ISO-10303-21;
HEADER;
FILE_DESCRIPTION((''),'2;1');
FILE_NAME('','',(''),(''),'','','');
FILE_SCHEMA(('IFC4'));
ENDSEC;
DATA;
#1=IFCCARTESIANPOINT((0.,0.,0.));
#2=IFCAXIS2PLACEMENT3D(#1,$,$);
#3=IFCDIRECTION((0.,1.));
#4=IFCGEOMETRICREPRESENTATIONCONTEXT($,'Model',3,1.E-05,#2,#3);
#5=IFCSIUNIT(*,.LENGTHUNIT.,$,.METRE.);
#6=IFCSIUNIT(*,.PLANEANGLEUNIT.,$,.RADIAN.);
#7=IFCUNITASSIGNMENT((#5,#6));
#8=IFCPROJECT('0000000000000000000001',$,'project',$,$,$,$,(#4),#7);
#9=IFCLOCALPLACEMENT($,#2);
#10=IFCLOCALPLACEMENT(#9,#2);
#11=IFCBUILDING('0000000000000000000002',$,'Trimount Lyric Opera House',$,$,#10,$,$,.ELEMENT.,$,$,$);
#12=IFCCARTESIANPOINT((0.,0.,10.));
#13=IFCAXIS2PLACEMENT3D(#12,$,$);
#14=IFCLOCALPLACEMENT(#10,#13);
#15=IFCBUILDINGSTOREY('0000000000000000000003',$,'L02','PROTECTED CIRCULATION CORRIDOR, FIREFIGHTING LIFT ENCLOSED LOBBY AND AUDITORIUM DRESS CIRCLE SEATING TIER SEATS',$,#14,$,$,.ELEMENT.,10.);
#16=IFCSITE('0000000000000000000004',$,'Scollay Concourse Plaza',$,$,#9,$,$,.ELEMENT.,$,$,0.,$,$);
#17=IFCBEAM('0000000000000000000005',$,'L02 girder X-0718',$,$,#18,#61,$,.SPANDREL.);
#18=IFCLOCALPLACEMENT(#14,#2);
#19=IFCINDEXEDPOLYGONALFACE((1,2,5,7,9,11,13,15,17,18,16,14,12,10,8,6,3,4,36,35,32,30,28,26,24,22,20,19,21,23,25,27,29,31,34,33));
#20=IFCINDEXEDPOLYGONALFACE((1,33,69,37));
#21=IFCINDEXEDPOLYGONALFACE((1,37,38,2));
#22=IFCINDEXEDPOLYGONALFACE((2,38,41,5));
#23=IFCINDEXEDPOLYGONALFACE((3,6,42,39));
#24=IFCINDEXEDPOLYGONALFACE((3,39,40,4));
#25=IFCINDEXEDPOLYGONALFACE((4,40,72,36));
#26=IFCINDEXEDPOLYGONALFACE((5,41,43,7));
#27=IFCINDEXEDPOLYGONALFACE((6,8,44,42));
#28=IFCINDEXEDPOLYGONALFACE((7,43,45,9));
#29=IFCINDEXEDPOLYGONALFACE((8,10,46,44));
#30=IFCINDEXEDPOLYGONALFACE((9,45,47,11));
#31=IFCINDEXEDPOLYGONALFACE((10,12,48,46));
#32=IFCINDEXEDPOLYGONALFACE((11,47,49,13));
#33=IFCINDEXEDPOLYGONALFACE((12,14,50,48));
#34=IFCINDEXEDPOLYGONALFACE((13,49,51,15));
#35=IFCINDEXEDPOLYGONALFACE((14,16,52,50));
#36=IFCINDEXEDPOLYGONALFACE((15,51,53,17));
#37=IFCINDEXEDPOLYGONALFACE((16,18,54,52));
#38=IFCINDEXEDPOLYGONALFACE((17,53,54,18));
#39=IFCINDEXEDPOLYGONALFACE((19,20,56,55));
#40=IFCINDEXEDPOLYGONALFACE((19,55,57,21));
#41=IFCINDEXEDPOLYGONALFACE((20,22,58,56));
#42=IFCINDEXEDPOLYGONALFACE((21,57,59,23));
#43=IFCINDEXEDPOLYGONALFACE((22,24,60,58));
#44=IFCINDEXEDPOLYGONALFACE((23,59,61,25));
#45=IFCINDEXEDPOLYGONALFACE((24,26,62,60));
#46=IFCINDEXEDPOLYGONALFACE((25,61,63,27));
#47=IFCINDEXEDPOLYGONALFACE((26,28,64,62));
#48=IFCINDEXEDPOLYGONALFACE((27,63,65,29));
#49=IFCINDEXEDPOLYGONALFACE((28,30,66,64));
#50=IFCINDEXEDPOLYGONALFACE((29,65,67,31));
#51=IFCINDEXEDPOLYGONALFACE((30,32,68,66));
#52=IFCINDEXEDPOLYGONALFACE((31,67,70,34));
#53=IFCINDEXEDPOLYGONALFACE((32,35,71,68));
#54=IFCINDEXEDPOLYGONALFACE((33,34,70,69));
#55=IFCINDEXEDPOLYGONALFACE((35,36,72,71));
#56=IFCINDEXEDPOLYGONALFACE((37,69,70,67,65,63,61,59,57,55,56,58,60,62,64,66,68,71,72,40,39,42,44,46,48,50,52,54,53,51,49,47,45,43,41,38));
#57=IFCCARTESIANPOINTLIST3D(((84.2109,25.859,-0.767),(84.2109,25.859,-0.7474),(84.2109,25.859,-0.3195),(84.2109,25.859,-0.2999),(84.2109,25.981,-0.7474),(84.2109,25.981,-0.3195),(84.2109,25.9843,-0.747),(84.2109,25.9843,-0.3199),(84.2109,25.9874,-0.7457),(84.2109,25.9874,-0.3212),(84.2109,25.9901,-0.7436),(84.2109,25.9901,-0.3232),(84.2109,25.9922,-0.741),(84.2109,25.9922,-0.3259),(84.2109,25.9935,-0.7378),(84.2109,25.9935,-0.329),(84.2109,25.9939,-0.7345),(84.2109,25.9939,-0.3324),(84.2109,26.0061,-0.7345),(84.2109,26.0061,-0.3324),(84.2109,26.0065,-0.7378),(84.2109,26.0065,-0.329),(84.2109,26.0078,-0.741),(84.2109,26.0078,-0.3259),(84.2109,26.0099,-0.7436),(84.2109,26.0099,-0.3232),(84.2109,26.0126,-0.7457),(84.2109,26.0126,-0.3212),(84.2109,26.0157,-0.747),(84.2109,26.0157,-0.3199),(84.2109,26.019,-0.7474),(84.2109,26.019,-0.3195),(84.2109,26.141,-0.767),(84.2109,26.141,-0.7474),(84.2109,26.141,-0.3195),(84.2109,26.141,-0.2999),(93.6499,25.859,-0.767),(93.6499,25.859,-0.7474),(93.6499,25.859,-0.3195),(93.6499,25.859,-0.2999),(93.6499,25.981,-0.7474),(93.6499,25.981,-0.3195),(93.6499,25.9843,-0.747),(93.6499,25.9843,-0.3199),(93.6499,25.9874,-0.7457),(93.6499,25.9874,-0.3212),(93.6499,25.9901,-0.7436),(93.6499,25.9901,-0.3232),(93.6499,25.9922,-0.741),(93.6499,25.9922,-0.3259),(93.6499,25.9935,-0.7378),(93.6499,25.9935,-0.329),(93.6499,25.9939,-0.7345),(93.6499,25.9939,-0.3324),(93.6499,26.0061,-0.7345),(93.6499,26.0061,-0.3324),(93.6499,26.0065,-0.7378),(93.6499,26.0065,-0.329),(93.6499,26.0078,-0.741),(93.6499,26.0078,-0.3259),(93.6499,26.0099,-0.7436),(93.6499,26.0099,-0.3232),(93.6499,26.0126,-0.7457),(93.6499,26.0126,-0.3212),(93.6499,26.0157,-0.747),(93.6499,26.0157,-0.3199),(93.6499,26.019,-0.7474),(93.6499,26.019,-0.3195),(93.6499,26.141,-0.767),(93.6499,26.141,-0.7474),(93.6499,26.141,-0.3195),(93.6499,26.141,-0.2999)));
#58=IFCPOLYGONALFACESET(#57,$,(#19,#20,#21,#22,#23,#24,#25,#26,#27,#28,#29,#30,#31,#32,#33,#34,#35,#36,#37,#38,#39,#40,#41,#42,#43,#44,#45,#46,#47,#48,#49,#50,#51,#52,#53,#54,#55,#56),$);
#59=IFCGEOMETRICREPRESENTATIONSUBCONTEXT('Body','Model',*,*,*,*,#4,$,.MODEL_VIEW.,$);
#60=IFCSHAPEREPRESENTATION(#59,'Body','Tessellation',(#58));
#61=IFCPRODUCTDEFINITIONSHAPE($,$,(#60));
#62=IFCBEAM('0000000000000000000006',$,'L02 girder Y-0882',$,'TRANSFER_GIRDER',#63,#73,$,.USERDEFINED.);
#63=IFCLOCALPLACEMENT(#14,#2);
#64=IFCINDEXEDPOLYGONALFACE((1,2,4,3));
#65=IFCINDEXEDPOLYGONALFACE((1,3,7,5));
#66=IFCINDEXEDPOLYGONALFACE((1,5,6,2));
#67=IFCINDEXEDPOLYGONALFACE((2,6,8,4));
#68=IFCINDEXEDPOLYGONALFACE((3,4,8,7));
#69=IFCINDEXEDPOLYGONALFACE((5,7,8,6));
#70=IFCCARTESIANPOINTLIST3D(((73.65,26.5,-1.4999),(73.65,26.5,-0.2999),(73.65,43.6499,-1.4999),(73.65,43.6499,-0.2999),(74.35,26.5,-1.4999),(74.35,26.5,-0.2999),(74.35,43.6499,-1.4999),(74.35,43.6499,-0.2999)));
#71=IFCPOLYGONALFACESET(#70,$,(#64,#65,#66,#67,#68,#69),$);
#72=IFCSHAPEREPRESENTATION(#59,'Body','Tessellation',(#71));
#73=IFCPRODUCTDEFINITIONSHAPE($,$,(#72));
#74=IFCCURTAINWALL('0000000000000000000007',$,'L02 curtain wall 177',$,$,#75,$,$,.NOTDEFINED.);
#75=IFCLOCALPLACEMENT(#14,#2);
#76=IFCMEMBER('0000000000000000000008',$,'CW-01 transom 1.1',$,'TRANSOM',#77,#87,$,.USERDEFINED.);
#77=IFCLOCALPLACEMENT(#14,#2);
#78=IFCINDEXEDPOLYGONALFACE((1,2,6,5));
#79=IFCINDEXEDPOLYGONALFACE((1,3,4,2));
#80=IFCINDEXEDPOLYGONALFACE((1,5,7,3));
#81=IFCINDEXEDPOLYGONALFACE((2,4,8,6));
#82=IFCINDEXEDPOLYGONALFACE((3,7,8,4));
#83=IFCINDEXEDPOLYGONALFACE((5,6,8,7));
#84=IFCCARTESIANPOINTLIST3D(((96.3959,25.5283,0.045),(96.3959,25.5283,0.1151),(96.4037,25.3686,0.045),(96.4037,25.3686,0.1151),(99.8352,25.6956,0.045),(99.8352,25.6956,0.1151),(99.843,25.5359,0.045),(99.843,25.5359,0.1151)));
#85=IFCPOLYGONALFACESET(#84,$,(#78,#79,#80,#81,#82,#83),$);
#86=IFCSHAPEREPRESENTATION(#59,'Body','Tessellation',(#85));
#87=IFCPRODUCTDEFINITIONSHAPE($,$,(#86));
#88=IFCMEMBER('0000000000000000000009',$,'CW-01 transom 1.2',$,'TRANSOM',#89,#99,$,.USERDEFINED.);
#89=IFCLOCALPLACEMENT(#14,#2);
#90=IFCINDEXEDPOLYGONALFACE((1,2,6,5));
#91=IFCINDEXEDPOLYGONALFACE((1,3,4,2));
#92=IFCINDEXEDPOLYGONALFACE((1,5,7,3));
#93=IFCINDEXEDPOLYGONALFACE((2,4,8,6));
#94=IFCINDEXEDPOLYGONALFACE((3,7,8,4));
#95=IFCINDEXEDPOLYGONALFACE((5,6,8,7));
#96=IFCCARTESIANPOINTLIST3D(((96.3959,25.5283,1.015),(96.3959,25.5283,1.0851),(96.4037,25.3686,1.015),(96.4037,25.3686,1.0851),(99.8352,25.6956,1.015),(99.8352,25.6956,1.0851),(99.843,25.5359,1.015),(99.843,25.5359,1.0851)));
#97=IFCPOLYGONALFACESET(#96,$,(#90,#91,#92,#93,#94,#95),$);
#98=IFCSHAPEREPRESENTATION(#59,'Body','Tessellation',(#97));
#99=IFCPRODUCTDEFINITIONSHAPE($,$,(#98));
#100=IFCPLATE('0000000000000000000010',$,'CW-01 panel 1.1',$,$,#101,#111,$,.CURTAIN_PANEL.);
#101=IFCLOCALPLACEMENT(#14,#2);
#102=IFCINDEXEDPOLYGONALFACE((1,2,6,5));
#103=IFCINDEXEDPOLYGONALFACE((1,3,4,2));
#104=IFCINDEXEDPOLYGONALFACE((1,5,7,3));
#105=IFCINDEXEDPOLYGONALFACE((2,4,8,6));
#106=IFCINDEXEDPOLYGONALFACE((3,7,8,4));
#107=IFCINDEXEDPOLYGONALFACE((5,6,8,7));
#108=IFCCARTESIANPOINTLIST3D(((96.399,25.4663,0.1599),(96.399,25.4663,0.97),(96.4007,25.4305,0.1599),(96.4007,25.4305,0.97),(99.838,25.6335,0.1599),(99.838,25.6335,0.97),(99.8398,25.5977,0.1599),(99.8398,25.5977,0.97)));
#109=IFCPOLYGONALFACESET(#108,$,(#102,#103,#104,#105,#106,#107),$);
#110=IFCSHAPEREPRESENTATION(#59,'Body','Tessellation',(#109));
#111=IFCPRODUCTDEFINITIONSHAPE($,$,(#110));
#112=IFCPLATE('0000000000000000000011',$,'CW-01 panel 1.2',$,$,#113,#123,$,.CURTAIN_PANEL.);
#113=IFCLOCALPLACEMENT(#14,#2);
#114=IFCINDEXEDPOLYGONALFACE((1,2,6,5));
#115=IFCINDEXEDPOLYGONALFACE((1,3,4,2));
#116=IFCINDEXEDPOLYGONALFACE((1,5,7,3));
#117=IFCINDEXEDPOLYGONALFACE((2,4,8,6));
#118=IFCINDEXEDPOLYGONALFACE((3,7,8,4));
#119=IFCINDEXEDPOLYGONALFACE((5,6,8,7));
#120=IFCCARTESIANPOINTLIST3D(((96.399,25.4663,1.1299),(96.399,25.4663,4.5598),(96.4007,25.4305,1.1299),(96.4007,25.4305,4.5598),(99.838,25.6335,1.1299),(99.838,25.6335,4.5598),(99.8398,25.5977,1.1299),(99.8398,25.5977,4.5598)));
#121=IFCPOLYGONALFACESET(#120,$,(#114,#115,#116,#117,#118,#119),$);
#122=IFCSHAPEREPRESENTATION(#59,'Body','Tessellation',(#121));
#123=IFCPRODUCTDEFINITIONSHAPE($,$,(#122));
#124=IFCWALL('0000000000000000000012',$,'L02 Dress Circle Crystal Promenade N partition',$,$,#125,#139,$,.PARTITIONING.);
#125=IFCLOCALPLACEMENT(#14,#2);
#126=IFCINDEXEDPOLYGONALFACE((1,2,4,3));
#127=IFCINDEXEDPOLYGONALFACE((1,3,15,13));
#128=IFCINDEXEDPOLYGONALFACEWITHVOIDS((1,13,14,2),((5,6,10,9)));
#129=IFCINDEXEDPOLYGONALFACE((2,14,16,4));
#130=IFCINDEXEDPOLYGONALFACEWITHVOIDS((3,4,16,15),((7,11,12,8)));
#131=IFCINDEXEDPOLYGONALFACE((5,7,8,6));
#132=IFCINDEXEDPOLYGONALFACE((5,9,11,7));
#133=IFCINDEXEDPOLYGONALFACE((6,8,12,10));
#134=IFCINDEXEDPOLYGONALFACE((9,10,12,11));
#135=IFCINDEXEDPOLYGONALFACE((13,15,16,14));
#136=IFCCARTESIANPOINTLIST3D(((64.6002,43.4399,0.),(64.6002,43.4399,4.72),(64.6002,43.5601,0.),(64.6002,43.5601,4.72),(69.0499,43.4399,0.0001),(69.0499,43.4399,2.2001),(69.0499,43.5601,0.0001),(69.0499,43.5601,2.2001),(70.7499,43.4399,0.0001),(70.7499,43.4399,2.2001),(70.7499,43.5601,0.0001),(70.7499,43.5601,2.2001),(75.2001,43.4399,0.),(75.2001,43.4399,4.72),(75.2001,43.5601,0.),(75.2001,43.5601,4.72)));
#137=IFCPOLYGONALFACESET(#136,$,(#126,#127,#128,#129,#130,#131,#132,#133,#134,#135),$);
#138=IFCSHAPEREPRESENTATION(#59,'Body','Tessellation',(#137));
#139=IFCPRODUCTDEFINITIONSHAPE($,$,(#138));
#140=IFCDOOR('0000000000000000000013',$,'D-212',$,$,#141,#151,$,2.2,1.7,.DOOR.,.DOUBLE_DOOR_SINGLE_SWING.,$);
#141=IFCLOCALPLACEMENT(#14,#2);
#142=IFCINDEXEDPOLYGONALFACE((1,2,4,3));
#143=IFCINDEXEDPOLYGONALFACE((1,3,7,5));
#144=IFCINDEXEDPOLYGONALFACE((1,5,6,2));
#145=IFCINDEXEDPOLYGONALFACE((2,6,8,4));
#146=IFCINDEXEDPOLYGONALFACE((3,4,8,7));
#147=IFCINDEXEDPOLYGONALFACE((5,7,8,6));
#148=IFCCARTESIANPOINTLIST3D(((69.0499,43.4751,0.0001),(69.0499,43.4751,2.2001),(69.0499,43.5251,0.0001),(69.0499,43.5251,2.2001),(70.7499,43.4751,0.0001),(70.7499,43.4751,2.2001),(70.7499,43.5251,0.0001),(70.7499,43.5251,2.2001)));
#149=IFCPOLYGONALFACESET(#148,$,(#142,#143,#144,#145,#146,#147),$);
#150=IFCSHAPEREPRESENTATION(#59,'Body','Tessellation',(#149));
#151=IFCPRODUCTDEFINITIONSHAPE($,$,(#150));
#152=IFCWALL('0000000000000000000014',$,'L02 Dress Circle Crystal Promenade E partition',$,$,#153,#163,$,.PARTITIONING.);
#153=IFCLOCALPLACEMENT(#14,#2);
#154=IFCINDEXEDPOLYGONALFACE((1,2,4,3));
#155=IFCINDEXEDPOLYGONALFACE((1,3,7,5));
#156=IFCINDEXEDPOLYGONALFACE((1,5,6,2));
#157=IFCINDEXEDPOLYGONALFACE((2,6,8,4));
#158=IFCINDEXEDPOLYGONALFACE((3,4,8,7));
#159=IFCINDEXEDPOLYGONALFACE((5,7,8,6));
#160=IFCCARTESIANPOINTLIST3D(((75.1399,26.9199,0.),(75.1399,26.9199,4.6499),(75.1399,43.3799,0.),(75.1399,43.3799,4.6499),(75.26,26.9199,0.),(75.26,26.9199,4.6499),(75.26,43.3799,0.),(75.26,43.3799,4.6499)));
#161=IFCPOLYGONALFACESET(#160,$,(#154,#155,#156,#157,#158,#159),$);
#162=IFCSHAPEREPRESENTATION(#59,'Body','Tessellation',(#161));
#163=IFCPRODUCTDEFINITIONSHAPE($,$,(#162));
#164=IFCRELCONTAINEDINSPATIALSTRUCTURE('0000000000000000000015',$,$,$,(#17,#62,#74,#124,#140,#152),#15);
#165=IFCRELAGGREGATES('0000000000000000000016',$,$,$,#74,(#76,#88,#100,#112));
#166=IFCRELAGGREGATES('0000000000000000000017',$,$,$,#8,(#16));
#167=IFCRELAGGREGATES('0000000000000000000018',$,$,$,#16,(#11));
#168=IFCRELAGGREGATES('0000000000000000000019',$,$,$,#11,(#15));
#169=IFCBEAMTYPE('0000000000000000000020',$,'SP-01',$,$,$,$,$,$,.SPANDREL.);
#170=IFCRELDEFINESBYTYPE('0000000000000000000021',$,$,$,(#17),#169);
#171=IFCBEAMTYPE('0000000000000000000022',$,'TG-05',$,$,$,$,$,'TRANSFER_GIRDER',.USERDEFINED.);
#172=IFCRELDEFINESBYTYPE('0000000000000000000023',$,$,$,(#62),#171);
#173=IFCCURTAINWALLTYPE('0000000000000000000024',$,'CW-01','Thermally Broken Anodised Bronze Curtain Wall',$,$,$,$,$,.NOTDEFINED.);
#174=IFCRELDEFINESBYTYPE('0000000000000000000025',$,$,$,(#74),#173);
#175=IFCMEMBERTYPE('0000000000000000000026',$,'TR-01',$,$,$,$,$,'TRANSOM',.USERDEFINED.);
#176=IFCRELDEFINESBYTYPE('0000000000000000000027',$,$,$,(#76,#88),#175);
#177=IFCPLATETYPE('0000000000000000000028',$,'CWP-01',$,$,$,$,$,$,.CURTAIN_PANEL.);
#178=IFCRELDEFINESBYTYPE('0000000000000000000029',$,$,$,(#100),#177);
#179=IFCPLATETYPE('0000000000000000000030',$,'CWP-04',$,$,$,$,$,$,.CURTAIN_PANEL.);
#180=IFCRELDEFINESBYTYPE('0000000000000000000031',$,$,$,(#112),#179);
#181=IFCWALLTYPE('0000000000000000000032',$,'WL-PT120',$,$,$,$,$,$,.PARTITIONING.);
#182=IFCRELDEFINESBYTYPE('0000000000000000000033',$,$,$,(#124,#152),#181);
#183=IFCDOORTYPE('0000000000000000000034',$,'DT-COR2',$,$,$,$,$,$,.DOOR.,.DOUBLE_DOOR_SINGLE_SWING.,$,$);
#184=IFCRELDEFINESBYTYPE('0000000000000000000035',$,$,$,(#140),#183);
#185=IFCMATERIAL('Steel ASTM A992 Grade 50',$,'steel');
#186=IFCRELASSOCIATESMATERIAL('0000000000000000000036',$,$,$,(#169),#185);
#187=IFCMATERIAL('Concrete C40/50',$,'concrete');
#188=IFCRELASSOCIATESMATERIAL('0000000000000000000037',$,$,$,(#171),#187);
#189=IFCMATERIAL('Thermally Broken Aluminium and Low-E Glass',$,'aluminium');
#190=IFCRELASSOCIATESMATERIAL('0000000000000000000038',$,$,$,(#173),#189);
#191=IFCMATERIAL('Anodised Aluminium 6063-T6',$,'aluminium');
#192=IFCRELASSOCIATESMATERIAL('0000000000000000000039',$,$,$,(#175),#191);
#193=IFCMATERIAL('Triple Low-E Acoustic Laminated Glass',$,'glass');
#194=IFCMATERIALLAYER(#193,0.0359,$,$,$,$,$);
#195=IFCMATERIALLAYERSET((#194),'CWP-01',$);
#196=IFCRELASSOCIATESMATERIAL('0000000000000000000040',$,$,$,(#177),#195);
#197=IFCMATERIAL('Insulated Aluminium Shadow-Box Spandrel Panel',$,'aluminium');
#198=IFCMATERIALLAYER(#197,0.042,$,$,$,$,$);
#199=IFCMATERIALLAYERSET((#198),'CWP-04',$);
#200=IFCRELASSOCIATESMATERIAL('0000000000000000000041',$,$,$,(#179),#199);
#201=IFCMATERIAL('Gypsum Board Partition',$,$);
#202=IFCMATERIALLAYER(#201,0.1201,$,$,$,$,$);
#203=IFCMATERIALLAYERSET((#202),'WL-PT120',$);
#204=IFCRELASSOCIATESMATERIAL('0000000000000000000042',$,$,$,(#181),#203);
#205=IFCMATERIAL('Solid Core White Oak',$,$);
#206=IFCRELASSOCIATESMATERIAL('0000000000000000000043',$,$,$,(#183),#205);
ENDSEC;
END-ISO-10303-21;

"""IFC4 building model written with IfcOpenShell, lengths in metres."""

from ifc_helpers import new_model, si_unit, direction, frame, frame_2d, origin, origin_2d, place, context, subcontext, project, spatial, rectangle, i_section, extrude, material, layer, layer_set, material_profile, profile_set, type_object, element, fill, aggregate, save


model = new_model("IFC4")

# Units and contexts
model_context = context("Model", 3, precision=1e-05, world=origin(), true_north=direction((0.0, 1.0)))
body_context = subcontext(model_context, "Body", "Model", "MODEL_VIEW")
ifc_project = project(units=[si_unit("LENGTHUNIT", "METRE"), si_unit("PLANEANGLEUNIT", "RADIAN")], contexts=[model_context])

# Site, building, storey
site_placement = place(None, origin())
site = spatial("IfcSite", under=ifc_project, at=site_placement, Name="Scollay Concourse Plaza", CompositionType="ELEMENT", RefElevation=0.0)
building_placement = place(site_placement, origin())
building = spatial("IfcBuilding", under=site, at=building_placement, Name="Trimount Lyric Opera House", CompositionType="ELEMENT")
storey_placement = place(building_placement, frame((0.0, 0.0, 10.0)))
storey = spatial("IfcBuildingStorey", under=building, at=storey_placement, Name="L02", Description="PROTECTED CIRCULATION CORRIDOR, FIREFIGHTING LIFT ENCLOSED LOBBY AND AUDITORIUM DRESS CIRCLE SEATING TIER SEATS", CompositionType="ELEMENT", Elevation=10.0)

# Beams
ifc_material_1 = material(Name="Steel ASTM A992 Grade 50", Category="steel")
ifc_material_profile_1 = material_profile(ifc_material_1, i_section(OverallWidth=0.282, OverallDepth=0.467, WebThickness=0.0122, FlangeThickness=0.0195, FilletRadius=0.0129, at=origin_2d()), Name="W18X86")
ifc_profile_set_1 = profile_set([ifc_material_profile_1], Name="Steel ASTM A992 Grade 50")
beam_type_1 = type_object("IfcBeamType", Name="SP-01", PredefinedType="SPANDREL", material=ifc_profile_set_1)
beam_1_placement = place(storey_placement, frame((84.2109, 26.0, -0.5334), z_axis=(1.0, 0.0, 0.0), x_axis=(0.0, 1.0, 0.0)))
element("IfcBeam", 1, at=beam_1_placement, inside=storey, type_object=beam_type_1, Name="L02 girder X-0718", PredefinedType="SPANDREL", context=body_context, shape_type="SweptSolid", body=[
    extrude(i_section(OverallWidth=0.282, OverallDepth=0.467, WebThickness=0.0122, FlangeThickness=0.0195, FilletRadius=0.0129, at=origin_2d()), origin(), (0.0, 0.0, 1.0), 9.439),
])
ifc_material_2 = material(Name="Concrete C40/50", Category="concrete")
ifc_material_profile_2 = material_profile(ifc_material_2, rectangle(XDim=0.7, YDim=1.2, at=origin_2d()), Name="RC700X1200")
ifc_profile_set_2 = profile_set([ifc_material_profile_2], Name="Concrete C40/50")
beam_type_2 = type_object("IfcBeamType", Name="TG-05", ElementType="TRANSFER_GIRDER", PredefinedType="USERDEFINED", material=ifc_profile_set_2)
beam_2_placement = place(storey_placement, frame((74.0, 26.5, -0.8999), z_axis=(0.0, 1.0, 0.0), x_axis=(-1.0, 0.0, 0.0)))
element("IfcBeam", 2, at=beam_2_placement, inside=storey, type_object=beam_type_2, Name="L02 girder Y-0882", ObjectType="TRANSFER_GIRDER", PredefinedType="USERDEFINED", context=body_context, shape_type="SweptSolid", body=[
    extrude(rectangle(XDim=0.7, YDim=1.2, at=origin_2d()), origin(), (0.0, 0.0, 1.0), 17.1499),
])

# Curtain wall, members, plates
ifc_material_3 = material(Name="Thermally Broken Aluminium and Low-E Glass", Category="aluminium")
curtain_wall_type = type_object("IfcCurtainWallType", Name="CW-01", Description="Thermally Broken Anodised Bronze Curtain Wall", PredefinedType="NOTDEFINED", material=ifc_material_3)
curtain_wall_placement = place(storey_placement, origin())
curtain_wall = element("IfcCurtainWall", 3, at=curtain_wall_placement, inside=storey, type_object=curtain_wall_type, Name="L02 curtain wall 177", PredefinedType="NOTDEFINED")
ifc_material_4 = material(Name="Anodised Aluminium 6063-T6", Category="aluminium")
ifc_material_profile_3 = material_profile(ifc_material_4, rectangle(XDim=0.1599, YDim=0.0701, at=origin_2d()), Name="ALU-TRAN-70X160")
ifc_profile_set_3 = profile_set([ifc_material_profile_3], Name="Anodised Aluminium 6063-T6")
member_type = type_object("IfcMemberType", Name="TR-01", ElementType="TRANSOM", PredefinedType="USERDEFINED", material=ifc_profile_set_3)
member_1_placement = place(storey_placement, frame((99.8391, 25.6157, 0.0801), z_axis=(-0.99882, -0.048569, 0.0), x_axis=(0.048569, -0.99882, 0.0)))
member_1 = element("IfcMember", 4, at=member_1_placement, type_object=member_type, Name="CW-01 transom 1.1", ObjectType="TRANSOM", PredefinedType="USERDEFINED", context=body_context, shape_type="SweptSolid", body=[
    extrude(rectangle(XDim=0.1599, YDim=0.0701, at=origin_2d()), origin(), (0.0, 0.0, 1.0), 3.4434),
])
member_2_placement = place(storey_placement, frame((99.8391, 25.6157, 1.05), z_axis=(-0.99882, -0.048569, 0.0), x_axis=(0.048569, -0.99882, 0.0)))
member_2 = element("IfcMember", 5, at=member_2_placement, type_object=member_type, Name="CW-01 transom 1.2", ObjectType="TRANSOM", PredefinedType="USERDEFINED", context=body_context, shape_type="SweptSolid", body=[
    extrude(rectangle(XDim=0.1599, YDim=0.0701, at=origin_2d()), origin(), (0.0, 0.0, 1.0), 3.4434),
])
ifc_material_5 = material(Name="Triple Low-E Acoustic Laminated Glass", Category="glass")
ifc_layer_1 = layer(ifc_material_5, 0.0359)
ifc_layer_set_1 = layer_set([ifc_layer_1], Name="CWP-01")
plate_type_1 = type_object("IfcPlateType", Name="CWP-01", PredefinedType="CURTAIN_PANEL", material=ifc_layer_set_1)
plate_1_placement = place(storey_placement, frame((98.1194, 25.532, 0.1599), z_axis=(0.0, 0.0, 1.0), x_axis=(-0.99882, -0.04856, 0.0)))
plate_1 = element("IfcPlate", 6, at=plate_1_placement, type_object=plate_type_1, Name="CW-01 panel 1.1", PredefinedType="CURTAIN_PANEL", context=body_context, shape_type="SweptSolid", body=[
    extrude(rectangle(XDim=3.4431, YDim=0.0359, at=origin_2d()), origin(), (0.0, 0.0, 1.0), 0.8101),
])
ifc_material_6 = material(Name="Insulated Aluminium Shadow-Box Spandrel Panel", Category="aluminium")
ifc_layer_2 = layer(ifc_material_6, 0.042)
ifc_layer_set_2 = layer_set([ifc_layer_2], Name="CWP-04")
plate_type_2 = type_object("IfcPlateType", Name="CWP-04", PredefinedType="CURTAIN_PANEL", material=ifc_layer_set_2)
plate_2_placement = place(storey_placement, frame((98.1194, 25.532, 1.1299), z_axis=(0.0, 0.0, 1.0), x_axis=(-0.99882, -0.04856, 0.0)))
plate_2 = element("IfcPlate", 7, at=plate_2_placement, type_object=plate_type_2, Name="CW-01 panel 1.2", PredefinedType="CURTAIN_PANEL", context=body_context, shape_type="SweptSolid", body=[
    extrude(rectangle(XDim=3.4431, YDim=0.0359, at=origin_2d()), origin(), (0.0, 0.0, 1.0), 3.4299),
])
aggregate(curtain_wall, [member_1, member_2, plate_1, plate_2])

# Wall, opening, door
ifc_material_7 = material(Name="Gypsum Board Partition")
ifc_layer_3 = layer(ifc_material_7, 0.1201)
ifc_layer_set_3 = layer_set([ifc_layer_3], Name="WL-PT120")
wall_type = type_object("IfcWallType", Name="WL-PT120", PredefinedType="PARTITIONING", material=ifc_layer_set_3)
wall_1_placement = place(storey_placement, frame((75.2, 43.5, 0.0), z_axis=(0.0, 0.0, 1.0), x_axis=(-1.0, 0.0, 0.0)))
wall_1 = element("IfcWall", 8, at=wall_1_placement, inside=storey, type_object=wall_type, Name="L02 Dress Circle Crystal Promenade N partition", PredefinedType="PARTITIONING", context=body_context, shape_type="SweptSolid", body=[
    extrude(rectangle(XDim=10.5999, YDim=0.1201, at=frame_2d((5.2998, 0.0))), origin(), (0.0, 0.0, 1.0), 4.72),
])
opening_placement = place(wall_1_placement, frame((4.45, 0.0, 0.0)))
opening = element("IfcOpeningElement", 9, at=opening_placement, cuts=wall_1, PredefinedType="OPENING", context=body_context, shape_type="SweptSolid", body=[
    extrude(rectangle(XDim=1.7, YDim=2.2, at=frame_2d((0.8501, 1.1001))), frame((0.0, 0.0701, 0.0), z_axis=(0.0, -1.0, 0.0), x_axis=(1.0, 0.0, 0.0)), (0.0, 0.0, 1.0), 0.1401),
])
ifc_material_8 = material(Name="Solid Core White Oak")
door_type = type_object("IfcDoorType", Name="DT-COR2", OperationType="DOUBLE_DOOR_SINGLE_SWING", PredefinedType="DOOR", material=ifc_material_8)
door_placement = place(opening_placement, origin())
door = element("IfcDoor", 10, at=door_placement, inside=storey, type_object=door_type, Name="D-212", OperationType="DOUBLE_DOOR_SINGLE_SWING", OverallHeight=2.2, OverallWidth=1.7, PredefinedType="DOOR", context=body_context, shape_type="SweptSolid", body=[
    extrude(rectangle(XDim=1.7, YDim=2.2, at=frame_2d((0.8501, 1.1001))), frame((0.0, 0.0249, 0.0), z_axis=(0.0, -1.0, 0.0), x_axis=(1.0, 0.0, 0.0)), (0.0, 0.0, 1.0), 0.05),
])
fill(opening, door)

# Wall
wall_2_placement = place(storey_placement, frame((75.2, 26.9199, 0.0), z_axis=(0.0, 0.0, 1.0), x_axis=(0.0, 1.0, 0.0)))
element("IfcWall", 11, at=wall_2_placement, inside=storey, type_object=wall_type, Name="L02 Dress Circle Crystal Promenade E partition", PredefinedType="PARTITIONING", context=body_context, shape_type="SweptSolid", body=[
    extrude(rectangle(XDim=16.46, YDim=0.1201, at=frame_2d((8.23, 0.0))), origin(), (0.0, 0.0, 1.0), 4.6499),
])

save(model, "model.ifc")
